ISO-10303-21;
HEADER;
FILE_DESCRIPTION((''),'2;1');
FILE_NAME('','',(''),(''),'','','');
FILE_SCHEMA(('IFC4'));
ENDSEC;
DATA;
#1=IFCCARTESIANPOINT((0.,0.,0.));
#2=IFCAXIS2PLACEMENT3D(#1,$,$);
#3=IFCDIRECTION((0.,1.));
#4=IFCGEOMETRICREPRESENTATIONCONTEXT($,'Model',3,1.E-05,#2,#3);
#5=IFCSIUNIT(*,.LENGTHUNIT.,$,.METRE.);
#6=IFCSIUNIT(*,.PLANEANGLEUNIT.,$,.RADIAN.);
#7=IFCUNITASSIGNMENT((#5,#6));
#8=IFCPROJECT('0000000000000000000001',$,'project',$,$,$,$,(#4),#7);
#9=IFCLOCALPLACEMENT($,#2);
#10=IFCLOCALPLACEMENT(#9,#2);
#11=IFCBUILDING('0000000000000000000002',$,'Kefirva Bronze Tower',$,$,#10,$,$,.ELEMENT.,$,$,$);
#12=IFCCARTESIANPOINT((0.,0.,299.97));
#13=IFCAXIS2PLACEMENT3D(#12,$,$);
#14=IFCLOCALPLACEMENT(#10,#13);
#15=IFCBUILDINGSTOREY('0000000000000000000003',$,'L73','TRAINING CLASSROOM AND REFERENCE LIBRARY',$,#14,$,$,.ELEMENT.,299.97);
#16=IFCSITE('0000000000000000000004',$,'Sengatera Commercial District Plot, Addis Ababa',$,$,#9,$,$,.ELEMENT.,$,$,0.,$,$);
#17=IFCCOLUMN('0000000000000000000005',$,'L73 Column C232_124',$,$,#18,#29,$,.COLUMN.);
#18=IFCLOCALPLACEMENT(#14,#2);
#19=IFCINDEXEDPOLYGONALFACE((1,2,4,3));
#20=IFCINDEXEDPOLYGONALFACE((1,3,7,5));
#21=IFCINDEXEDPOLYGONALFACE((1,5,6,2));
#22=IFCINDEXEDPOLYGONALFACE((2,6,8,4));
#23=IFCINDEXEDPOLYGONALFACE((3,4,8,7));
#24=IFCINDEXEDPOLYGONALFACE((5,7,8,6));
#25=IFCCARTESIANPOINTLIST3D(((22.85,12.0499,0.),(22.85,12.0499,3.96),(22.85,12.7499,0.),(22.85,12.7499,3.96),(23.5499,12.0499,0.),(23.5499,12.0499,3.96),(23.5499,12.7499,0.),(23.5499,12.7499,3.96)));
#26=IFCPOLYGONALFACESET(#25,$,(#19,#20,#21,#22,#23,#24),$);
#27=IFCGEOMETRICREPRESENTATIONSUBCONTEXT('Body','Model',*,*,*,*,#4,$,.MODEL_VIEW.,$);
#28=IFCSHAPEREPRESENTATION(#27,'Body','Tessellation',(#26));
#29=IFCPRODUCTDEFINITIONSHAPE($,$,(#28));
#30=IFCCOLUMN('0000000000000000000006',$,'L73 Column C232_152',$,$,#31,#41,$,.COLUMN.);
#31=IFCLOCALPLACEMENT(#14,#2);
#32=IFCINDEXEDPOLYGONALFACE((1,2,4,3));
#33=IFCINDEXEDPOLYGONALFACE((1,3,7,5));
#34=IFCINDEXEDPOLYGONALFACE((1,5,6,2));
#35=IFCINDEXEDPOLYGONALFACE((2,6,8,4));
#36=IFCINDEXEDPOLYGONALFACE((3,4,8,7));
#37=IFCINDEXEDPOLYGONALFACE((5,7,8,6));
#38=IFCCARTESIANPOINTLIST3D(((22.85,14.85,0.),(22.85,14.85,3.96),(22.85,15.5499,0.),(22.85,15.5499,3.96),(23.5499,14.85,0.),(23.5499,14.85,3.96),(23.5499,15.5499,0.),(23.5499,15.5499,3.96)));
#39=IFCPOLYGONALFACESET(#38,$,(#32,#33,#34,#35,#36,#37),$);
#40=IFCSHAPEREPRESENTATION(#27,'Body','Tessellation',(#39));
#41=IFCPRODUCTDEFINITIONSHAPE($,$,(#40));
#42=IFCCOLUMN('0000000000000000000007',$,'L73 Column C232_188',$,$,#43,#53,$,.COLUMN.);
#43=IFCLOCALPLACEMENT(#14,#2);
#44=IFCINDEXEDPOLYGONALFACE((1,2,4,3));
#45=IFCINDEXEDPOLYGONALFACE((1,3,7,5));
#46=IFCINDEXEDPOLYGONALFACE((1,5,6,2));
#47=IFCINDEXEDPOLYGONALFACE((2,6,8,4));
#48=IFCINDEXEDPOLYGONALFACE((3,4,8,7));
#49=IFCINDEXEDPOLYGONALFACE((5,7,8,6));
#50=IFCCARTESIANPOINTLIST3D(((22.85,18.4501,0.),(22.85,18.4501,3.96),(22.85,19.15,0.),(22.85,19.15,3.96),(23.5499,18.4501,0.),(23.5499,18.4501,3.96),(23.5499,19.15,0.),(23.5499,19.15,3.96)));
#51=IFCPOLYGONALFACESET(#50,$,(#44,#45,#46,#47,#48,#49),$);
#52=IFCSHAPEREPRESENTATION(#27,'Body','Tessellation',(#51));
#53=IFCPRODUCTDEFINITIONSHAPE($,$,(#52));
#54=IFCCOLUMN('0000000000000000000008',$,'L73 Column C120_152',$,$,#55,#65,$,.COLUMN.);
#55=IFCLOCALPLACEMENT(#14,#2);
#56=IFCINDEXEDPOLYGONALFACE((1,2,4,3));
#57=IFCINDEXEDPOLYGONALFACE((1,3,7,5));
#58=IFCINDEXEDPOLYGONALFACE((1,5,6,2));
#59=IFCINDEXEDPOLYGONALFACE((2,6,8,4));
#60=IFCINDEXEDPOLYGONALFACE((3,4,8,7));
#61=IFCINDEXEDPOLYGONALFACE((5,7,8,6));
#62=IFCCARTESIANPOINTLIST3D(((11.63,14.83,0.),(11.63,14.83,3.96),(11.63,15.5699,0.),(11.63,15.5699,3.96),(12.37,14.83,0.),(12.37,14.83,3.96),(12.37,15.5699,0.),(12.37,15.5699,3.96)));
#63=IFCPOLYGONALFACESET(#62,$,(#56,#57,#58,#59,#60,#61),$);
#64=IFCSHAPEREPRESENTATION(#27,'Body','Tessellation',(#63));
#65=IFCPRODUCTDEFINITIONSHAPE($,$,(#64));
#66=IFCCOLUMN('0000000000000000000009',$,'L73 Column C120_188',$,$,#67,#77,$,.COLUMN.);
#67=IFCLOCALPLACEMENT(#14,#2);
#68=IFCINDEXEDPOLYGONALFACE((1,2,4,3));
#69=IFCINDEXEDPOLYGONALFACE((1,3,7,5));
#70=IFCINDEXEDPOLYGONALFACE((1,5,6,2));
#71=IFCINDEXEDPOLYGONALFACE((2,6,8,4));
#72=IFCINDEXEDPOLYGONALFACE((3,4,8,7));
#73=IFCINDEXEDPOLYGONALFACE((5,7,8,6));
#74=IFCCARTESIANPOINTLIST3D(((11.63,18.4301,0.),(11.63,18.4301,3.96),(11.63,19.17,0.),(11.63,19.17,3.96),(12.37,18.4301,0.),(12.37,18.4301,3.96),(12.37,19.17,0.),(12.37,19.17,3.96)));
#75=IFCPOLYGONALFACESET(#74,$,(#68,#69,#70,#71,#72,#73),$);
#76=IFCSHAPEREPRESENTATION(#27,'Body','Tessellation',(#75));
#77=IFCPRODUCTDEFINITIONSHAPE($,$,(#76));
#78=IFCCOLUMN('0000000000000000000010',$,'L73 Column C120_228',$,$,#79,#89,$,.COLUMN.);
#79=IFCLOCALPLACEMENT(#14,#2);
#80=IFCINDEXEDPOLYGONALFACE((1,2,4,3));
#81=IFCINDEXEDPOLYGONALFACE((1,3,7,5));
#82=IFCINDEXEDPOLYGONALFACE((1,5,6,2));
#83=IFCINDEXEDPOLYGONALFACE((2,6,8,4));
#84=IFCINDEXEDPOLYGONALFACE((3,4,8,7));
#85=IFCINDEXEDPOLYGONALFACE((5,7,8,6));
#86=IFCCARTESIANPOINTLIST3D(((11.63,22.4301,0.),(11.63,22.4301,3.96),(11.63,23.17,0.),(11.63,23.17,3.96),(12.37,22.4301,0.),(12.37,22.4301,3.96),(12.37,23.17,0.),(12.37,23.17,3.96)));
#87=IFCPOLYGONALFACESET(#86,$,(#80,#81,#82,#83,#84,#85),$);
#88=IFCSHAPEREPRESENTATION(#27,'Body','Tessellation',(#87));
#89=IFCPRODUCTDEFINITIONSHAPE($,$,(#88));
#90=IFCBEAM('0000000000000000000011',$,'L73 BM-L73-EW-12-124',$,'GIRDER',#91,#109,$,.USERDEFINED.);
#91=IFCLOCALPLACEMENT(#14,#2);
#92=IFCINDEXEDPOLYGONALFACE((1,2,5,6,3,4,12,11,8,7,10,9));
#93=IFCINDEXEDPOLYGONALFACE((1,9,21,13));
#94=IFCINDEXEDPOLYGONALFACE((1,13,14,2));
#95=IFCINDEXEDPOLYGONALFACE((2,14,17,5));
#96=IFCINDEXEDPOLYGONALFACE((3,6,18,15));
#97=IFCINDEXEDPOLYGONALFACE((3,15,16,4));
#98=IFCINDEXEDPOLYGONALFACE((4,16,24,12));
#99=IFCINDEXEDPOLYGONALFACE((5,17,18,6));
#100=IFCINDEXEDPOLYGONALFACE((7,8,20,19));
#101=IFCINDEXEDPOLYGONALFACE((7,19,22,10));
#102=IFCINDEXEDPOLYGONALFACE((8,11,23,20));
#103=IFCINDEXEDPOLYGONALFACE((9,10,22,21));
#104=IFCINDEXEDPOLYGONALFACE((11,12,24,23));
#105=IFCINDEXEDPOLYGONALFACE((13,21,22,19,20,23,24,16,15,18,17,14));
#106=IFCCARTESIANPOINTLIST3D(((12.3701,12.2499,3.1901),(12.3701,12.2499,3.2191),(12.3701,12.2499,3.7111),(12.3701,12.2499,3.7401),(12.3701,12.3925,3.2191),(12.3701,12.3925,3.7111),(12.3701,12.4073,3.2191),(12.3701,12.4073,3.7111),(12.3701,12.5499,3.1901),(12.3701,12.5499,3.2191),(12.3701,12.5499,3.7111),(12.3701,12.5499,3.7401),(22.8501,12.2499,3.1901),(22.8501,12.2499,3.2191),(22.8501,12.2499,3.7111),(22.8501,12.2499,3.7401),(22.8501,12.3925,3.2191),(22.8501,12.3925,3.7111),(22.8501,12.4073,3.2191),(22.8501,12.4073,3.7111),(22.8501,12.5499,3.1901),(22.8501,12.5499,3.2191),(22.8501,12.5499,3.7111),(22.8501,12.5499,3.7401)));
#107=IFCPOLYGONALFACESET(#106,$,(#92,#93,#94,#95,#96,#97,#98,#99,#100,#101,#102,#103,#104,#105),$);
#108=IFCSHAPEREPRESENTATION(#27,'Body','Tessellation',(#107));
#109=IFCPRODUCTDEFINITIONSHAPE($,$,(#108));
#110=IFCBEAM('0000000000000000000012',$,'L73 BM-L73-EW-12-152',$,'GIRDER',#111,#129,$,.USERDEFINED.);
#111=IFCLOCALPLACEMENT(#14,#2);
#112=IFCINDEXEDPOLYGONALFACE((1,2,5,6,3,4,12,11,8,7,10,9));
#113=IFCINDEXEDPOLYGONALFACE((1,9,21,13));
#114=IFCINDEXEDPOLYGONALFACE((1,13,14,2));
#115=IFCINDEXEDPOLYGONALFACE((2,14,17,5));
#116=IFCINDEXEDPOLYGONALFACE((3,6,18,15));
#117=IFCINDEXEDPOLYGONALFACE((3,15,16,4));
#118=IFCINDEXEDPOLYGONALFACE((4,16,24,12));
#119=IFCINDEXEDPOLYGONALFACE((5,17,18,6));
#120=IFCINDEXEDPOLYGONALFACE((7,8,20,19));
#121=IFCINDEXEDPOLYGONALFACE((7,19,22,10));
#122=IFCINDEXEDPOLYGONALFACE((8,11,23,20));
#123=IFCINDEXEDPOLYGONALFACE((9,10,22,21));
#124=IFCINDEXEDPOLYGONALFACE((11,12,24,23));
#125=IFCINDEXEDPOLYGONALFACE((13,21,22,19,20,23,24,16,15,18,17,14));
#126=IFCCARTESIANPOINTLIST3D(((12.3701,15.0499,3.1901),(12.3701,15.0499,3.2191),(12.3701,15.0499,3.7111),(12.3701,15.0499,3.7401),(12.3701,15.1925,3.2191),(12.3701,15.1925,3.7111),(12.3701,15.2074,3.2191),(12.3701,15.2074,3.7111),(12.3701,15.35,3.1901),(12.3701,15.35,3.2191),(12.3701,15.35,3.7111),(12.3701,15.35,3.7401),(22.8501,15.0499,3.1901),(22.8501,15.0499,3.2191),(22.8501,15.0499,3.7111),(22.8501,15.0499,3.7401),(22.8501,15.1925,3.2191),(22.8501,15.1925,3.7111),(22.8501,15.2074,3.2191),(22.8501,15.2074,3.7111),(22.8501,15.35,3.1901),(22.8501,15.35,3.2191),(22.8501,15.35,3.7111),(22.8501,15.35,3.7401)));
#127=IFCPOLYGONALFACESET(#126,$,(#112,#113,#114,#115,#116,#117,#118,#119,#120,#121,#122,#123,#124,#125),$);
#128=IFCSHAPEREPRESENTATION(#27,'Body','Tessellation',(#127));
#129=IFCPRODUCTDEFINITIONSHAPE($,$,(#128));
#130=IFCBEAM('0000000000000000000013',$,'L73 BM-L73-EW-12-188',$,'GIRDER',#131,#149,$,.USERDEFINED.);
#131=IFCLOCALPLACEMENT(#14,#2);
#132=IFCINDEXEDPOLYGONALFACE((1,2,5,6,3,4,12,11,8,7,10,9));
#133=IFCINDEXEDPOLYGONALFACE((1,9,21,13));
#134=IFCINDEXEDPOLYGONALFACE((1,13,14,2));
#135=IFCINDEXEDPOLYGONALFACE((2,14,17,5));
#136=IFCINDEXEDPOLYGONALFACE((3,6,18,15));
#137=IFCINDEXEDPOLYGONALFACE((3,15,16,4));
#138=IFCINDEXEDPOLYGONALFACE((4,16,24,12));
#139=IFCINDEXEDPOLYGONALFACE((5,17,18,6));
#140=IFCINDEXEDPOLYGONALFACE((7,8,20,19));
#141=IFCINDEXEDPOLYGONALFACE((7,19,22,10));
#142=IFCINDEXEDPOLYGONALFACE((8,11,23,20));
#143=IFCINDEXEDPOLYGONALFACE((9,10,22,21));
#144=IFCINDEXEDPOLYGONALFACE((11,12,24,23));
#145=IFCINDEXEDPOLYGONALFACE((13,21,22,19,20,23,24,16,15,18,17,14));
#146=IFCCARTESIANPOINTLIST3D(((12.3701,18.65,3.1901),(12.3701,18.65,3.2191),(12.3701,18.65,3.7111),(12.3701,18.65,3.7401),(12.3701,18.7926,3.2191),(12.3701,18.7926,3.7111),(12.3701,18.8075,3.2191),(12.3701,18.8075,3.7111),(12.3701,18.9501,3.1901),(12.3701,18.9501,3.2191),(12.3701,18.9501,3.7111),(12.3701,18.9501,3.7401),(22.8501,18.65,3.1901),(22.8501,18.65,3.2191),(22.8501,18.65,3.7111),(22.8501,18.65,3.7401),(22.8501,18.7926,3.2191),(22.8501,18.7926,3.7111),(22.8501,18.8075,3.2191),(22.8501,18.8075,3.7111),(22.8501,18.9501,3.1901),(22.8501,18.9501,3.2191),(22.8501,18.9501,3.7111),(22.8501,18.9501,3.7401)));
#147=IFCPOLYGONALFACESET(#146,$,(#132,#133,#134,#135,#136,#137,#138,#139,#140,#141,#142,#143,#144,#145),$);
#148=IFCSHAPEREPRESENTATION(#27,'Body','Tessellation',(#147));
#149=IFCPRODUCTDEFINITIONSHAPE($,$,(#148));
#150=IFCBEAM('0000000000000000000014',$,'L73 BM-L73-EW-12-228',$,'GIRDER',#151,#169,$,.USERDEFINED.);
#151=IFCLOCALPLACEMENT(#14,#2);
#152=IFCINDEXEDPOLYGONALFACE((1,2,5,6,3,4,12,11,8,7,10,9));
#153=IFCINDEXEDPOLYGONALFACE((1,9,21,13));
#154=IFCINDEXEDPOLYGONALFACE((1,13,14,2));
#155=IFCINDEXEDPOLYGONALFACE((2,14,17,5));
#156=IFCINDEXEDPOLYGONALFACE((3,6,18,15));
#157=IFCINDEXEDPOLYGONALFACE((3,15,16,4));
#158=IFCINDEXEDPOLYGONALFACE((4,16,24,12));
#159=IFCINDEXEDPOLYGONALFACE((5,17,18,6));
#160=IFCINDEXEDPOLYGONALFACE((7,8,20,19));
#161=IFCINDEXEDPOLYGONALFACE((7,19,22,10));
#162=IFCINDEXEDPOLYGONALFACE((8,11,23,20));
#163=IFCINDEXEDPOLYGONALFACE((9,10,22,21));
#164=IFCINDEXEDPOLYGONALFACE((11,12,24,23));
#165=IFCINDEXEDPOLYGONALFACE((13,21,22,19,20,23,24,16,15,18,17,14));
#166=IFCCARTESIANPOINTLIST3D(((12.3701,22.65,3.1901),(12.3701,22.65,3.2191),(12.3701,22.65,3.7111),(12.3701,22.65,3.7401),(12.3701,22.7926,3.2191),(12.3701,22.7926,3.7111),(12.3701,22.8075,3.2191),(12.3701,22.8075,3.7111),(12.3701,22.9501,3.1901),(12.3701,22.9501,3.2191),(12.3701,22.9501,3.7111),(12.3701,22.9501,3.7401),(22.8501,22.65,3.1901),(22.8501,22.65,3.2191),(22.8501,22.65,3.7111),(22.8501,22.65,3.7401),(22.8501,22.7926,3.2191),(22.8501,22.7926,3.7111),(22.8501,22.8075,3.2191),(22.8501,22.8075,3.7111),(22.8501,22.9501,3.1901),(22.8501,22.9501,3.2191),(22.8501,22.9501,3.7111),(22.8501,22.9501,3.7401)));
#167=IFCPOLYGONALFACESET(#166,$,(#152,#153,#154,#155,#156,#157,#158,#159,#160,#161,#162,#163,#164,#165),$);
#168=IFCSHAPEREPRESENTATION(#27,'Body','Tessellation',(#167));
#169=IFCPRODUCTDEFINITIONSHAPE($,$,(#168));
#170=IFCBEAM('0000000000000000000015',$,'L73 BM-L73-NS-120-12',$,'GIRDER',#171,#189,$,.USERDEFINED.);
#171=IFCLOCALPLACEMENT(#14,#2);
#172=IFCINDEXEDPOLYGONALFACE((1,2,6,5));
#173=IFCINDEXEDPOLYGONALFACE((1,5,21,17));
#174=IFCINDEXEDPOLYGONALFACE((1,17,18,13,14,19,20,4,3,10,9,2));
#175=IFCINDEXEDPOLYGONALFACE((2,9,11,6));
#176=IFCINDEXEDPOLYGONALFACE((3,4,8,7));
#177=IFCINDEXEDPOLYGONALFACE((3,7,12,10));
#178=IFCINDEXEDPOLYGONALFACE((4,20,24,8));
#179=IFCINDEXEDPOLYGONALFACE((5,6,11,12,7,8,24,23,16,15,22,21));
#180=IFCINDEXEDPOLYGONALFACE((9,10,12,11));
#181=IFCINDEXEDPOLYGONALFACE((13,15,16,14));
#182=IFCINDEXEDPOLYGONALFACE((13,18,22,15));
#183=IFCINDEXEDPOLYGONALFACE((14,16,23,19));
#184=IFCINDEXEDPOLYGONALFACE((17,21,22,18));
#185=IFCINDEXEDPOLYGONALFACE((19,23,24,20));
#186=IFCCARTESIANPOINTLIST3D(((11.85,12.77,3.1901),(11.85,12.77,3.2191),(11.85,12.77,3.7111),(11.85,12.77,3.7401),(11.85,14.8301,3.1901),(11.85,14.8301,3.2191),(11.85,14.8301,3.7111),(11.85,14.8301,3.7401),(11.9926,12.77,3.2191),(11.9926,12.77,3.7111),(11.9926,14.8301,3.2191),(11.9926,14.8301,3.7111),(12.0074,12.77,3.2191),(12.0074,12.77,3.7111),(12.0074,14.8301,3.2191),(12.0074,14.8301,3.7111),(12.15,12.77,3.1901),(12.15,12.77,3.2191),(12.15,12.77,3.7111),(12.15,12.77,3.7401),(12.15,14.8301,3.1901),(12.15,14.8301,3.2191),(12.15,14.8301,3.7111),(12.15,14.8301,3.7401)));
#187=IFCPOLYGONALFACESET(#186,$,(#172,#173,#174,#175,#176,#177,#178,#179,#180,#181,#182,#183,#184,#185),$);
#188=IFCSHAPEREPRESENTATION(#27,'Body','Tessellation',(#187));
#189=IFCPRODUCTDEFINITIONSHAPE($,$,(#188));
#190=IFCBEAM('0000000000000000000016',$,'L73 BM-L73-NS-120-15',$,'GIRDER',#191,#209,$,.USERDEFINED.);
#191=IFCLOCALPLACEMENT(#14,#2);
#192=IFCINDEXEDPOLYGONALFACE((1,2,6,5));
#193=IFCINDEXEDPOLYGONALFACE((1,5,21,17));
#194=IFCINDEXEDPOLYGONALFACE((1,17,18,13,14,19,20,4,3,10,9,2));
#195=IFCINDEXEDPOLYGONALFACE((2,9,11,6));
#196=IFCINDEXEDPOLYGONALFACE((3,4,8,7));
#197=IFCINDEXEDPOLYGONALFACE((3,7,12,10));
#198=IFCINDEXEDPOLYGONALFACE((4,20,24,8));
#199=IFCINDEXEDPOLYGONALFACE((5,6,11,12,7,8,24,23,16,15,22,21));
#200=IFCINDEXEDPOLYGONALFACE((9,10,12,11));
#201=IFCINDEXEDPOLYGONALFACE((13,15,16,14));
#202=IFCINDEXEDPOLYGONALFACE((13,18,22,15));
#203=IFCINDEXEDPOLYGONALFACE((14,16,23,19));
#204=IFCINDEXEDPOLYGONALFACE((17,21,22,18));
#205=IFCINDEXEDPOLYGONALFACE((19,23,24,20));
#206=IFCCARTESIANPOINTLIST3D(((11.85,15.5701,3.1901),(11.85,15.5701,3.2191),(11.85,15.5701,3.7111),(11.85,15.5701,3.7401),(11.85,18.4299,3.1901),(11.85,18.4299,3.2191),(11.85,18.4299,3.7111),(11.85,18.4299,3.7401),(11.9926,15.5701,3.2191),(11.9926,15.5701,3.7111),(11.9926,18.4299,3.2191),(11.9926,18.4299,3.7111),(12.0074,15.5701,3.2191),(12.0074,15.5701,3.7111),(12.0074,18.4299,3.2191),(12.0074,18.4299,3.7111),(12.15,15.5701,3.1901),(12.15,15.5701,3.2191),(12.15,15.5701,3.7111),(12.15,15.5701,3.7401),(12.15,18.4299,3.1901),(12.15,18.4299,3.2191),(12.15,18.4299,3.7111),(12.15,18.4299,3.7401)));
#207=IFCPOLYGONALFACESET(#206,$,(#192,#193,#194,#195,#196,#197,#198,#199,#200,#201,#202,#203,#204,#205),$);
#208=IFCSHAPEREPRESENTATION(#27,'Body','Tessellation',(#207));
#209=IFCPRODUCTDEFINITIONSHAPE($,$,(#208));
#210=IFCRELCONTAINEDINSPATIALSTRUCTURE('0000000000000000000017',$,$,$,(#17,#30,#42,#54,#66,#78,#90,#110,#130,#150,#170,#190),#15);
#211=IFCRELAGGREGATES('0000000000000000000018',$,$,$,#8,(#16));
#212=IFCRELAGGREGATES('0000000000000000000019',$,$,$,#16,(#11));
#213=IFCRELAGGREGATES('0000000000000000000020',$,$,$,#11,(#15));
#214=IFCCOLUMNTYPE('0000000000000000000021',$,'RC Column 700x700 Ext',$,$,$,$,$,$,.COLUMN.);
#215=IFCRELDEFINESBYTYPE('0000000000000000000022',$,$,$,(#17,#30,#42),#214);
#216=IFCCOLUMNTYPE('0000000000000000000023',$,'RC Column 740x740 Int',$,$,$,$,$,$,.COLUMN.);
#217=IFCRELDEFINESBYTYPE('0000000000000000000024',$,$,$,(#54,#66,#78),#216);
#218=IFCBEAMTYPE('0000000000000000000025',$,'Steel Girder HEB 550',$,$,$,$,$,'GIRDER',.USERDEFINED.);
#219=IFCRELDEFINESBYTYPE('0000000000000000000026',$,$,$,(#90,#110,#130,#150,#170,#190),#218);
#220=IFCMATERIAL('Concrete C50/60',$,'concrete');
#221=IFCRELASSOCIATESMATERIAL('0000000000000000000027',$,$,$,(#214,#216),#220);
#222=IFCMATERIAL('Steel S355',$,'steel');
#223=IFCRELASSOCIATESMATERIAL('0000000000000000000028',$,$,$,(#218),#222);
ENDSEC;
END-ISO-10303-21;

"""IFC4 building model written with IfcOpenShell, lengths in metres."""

from ifc_helpers import new_model, si_unit, direction, frame, origin, origin_2d, place, context, subcontext, project, spatial, rectangle, i_section, extrude, material, material_profile, profile_set, type_object, element, save


model = new_model("IFC4")

# Units and contexts
model_context = context("Model", 3, precision=1e-05, world=origin(), true_north=direction((0.0, 1.0)))
body_context = subcontext(model_context, "Body", "Model", "MODEL_VIEW")
ifc_project = project(units=[si_unit("LENGTHUNIT", "METRE"), si_unit("PLANEANGLEUNIT", "RADIAN")], contexts=[model_context])

# Site, building, storey
site_placement = place(None, origin())
site = spatial("IfcSite", under=ifc_project, at=site_placement, Name="Sengatera Commercial District Plot, Addis Ababa", CompositionType="ELEMENT", RefElevation=0.0)
building_placement = place(site_placement, origin())
building = spatial("IfcBuilding", under=site, at=building_placement, Name="Kefirva Bronze Tower", CompositionType="ELEMENT")
storey_placement = place(building_placement, frame((0.0, 0.0, 299.97)))
storey = spatial("IfcBuildingStorey", under=building, at=storey_placement, Name="L73", Description="TRAINING CLASSROOM AND REFERENCE LIBRARY", CompositionType="ELEMENT", Elevation=299.97)

# Columns
ifc_material_1 = material(Name="Concrete C50/60", Category="concrete")
ifc_material_profile_1 = material_profile(ifc_material_1, rectangle(XDim=0.7, YDim=0.7, at=origin_2d()), Name="RC 700x700")
ifc_profile_set_1 = profile_set([ifc_material_profile_1], Name="Concrete C50/60")
column_type_1 = type_object("IfcColumnType", Name="RC Column 700x700 Ext", PredefinedType="COLUMN", material=ifc_profile_set_1)
for number, where, z_axis, x_axis, name in (
    (1, (23.2, 12.3999, 0.0), (0.0, 0.0, 1.0), (1.0, 0.0, 0.0), "L73 Column C232_124"),
    (2, (23.2, 15.2, 0.0), (0.0, 0.0, 1.0), (1.0, 0.0, 0.0), "L73 Column C232_152"),
    (3, (23.2, 18.8, 0.0), (0.0, 0.0, 1.0), (1.0, 0.0, 0.0), "L73 Column C232_188"),
):
    element("IfcColumn", number, at=place(storey_placement, frame(where, z_axis=z_axis, x_axis=x_axis)), inside=storey, type_object=column_type_1, Name=name, PredefinedType="COLUMN", context=body_context, shape_type="SweptSolid", body=[
        extrude(rectangle(XDim=0.7, YDim=0.7, at=origin_2d()), origin(), (0.0, 0.0, 1.0), 3.96),
    ])
ifc_material_profile_2 = material_profile(ifc_material_1, rectangle(XDim=0.74, YDim=0.74, at=origin_2d()), Name="RC 740x740")
ifc_profile_set_2 = profile_set([ifc_material_profile_2], Name="Concrete C50/60")
column_type_2 = type_object("IfcColumnType", Name="RC Column 740x740 Int", PredefinedType="COLUMN", material=ifc_profile_set_2)
for number, where, z_axis, x_axis, name in (
    (4, (12.0, 15.2, 0.0), (0.0, 0.0, 1.0), (1.0, 0.0, 0.0), "L73 Column C120_152"),
    (5, (12.0, 18.8, 0.0), (0.0, 0.0, 1.0), (1.0, 0.0, 0.0), "L73 Column C120_188"),
    (6, (12.0, 22.8, 0.0), (0.0, 0.0, 1.0), (1.0, 0.0, 0.0), "L73 Column C120_228"),
):
    element("IfcColumn", number, at=place(storey_placement, frame(where, z_axis=z_axis, x_axis=x_axis)), inside=storey, type_object=column_type_2, Name=name, PredefinedType="COLUMN", context=body_context, shape_type="SweptSolid", body=[
        extrude(rectangle(XDim=0.74, YDim=0.74, at=origin_2d()), origin(), (0.0, 0.0, 1.0), 3.96),
    ])

# Beams
ifc_material_2 = material(Name="Steel S355", Category="steel")
ifc_material_profile_3 = material_profile(ifc_material_2, i_section(OverallWidth=0.3, OverallDepth=0.55, WebThickness=0.0149, FlangeThickness=0.0291, at=origin_2d()), Name="HEB 550")
ifc_profile_set_3 = profile_set([ifc_material_profile_3], Name="Steel S355")
beam_type_1 = type_object("IfcBeamType", Name="Steel Girder HEB 550", ElementType="GIRDER", PredefinedType="USERDEFINED", material=ifc_profile_set_3)
for number, where, z_axis, x_axis, name in (
    (7, (12.3701, 12.3999, 3.4651), (1.0, 0.0, 0.0), (0.0, 1.0, 0.0), "L73 BM-L73-EW-12-124"),
    (8, (12.3701, 15.2, 3.4651), (1.0, 0.0, 0.0), (0.0, 1.0, 0.0), "L73 BM-L73-EW-12-152"),
    (9, (12.3701, 18.8, 3.4651), (1.0, 0.0, 0.0), (0.0, 1.0, 0.0), "L73 BM-L73-EW-12-188"),
    (10, (12.3701, 22.8, 3.4651), (1.0, 0.0, 0.0), (0.0, 1.0, 0.0), "L73 BM-L73-EW-12-228"),
):
    element("IfcBeam", number, at=place(storey_placement, frame(where, z_axis=z_axis, x_axis=x_axis)), inside=storey, type_object=beam_type_1, Name=name, ObjectType="GIRDER", PredefinedType="USERDEFINED", context=body_context, shape_type="SweptSolid", body=[
        extrude(i_section(OverallWidth=0.3, OverallDepth=0.55, WebThickness=0.0149, FlangeThickness=0.0291, at=origin_2d()), origin(), (0.0, 0.0, 1.0), 10.48),
    ])
beam_1_placement = place(storey_placement, frame((12.0, 12.77, 3.4651), z_axis=(0.0, 1.0, 0.0), x_axis=(-1.0, 0.0, 0.0)))
element("IfcBeam", 11, at=beam_1_placement, inside=storey, type_object=beam_type_1, Name="L73 BM-L73-NS-120-12", ObjectType="GIRDER", PredefinedType="USERDEFINED", context=body_context, shape_type="SweptSolid", body=[
    extrude(i_section(OverallWidth=0.3, OverallDepth=0.55, WebThickness=0.0149, FlangeThickness=0.0291, at=origin_2d()), origin(), (0.0, 0.0, 1.0), 2.0601),
])
beam_2_placement = place(storey_placement, frame((12.0, 15.5701, 3.4651), z_axis=(0.0, 1.0, 0.0), x_axis=(-1.0, 0.0, 0.0)))
element("IfcBeam", 12, at=beam_2_placement, inside=storey, type_object=beam_type_1, Name="L73 BM-L73-NS-120-15", ObjectType="GIRDER", PredefinedType="USERDEFINED", context=body_context, shape_type="SweptSolid", body=[
    extrude(i_section(OverallWidth=0.3, OverallDepth=0.55, WebThickness=0.0149, FlangeThickness=0.0291, at=origin_2d()), origin(), (0.0, 0.0, 1.0), 2.8599),
])

save(model, "model.ifc")
